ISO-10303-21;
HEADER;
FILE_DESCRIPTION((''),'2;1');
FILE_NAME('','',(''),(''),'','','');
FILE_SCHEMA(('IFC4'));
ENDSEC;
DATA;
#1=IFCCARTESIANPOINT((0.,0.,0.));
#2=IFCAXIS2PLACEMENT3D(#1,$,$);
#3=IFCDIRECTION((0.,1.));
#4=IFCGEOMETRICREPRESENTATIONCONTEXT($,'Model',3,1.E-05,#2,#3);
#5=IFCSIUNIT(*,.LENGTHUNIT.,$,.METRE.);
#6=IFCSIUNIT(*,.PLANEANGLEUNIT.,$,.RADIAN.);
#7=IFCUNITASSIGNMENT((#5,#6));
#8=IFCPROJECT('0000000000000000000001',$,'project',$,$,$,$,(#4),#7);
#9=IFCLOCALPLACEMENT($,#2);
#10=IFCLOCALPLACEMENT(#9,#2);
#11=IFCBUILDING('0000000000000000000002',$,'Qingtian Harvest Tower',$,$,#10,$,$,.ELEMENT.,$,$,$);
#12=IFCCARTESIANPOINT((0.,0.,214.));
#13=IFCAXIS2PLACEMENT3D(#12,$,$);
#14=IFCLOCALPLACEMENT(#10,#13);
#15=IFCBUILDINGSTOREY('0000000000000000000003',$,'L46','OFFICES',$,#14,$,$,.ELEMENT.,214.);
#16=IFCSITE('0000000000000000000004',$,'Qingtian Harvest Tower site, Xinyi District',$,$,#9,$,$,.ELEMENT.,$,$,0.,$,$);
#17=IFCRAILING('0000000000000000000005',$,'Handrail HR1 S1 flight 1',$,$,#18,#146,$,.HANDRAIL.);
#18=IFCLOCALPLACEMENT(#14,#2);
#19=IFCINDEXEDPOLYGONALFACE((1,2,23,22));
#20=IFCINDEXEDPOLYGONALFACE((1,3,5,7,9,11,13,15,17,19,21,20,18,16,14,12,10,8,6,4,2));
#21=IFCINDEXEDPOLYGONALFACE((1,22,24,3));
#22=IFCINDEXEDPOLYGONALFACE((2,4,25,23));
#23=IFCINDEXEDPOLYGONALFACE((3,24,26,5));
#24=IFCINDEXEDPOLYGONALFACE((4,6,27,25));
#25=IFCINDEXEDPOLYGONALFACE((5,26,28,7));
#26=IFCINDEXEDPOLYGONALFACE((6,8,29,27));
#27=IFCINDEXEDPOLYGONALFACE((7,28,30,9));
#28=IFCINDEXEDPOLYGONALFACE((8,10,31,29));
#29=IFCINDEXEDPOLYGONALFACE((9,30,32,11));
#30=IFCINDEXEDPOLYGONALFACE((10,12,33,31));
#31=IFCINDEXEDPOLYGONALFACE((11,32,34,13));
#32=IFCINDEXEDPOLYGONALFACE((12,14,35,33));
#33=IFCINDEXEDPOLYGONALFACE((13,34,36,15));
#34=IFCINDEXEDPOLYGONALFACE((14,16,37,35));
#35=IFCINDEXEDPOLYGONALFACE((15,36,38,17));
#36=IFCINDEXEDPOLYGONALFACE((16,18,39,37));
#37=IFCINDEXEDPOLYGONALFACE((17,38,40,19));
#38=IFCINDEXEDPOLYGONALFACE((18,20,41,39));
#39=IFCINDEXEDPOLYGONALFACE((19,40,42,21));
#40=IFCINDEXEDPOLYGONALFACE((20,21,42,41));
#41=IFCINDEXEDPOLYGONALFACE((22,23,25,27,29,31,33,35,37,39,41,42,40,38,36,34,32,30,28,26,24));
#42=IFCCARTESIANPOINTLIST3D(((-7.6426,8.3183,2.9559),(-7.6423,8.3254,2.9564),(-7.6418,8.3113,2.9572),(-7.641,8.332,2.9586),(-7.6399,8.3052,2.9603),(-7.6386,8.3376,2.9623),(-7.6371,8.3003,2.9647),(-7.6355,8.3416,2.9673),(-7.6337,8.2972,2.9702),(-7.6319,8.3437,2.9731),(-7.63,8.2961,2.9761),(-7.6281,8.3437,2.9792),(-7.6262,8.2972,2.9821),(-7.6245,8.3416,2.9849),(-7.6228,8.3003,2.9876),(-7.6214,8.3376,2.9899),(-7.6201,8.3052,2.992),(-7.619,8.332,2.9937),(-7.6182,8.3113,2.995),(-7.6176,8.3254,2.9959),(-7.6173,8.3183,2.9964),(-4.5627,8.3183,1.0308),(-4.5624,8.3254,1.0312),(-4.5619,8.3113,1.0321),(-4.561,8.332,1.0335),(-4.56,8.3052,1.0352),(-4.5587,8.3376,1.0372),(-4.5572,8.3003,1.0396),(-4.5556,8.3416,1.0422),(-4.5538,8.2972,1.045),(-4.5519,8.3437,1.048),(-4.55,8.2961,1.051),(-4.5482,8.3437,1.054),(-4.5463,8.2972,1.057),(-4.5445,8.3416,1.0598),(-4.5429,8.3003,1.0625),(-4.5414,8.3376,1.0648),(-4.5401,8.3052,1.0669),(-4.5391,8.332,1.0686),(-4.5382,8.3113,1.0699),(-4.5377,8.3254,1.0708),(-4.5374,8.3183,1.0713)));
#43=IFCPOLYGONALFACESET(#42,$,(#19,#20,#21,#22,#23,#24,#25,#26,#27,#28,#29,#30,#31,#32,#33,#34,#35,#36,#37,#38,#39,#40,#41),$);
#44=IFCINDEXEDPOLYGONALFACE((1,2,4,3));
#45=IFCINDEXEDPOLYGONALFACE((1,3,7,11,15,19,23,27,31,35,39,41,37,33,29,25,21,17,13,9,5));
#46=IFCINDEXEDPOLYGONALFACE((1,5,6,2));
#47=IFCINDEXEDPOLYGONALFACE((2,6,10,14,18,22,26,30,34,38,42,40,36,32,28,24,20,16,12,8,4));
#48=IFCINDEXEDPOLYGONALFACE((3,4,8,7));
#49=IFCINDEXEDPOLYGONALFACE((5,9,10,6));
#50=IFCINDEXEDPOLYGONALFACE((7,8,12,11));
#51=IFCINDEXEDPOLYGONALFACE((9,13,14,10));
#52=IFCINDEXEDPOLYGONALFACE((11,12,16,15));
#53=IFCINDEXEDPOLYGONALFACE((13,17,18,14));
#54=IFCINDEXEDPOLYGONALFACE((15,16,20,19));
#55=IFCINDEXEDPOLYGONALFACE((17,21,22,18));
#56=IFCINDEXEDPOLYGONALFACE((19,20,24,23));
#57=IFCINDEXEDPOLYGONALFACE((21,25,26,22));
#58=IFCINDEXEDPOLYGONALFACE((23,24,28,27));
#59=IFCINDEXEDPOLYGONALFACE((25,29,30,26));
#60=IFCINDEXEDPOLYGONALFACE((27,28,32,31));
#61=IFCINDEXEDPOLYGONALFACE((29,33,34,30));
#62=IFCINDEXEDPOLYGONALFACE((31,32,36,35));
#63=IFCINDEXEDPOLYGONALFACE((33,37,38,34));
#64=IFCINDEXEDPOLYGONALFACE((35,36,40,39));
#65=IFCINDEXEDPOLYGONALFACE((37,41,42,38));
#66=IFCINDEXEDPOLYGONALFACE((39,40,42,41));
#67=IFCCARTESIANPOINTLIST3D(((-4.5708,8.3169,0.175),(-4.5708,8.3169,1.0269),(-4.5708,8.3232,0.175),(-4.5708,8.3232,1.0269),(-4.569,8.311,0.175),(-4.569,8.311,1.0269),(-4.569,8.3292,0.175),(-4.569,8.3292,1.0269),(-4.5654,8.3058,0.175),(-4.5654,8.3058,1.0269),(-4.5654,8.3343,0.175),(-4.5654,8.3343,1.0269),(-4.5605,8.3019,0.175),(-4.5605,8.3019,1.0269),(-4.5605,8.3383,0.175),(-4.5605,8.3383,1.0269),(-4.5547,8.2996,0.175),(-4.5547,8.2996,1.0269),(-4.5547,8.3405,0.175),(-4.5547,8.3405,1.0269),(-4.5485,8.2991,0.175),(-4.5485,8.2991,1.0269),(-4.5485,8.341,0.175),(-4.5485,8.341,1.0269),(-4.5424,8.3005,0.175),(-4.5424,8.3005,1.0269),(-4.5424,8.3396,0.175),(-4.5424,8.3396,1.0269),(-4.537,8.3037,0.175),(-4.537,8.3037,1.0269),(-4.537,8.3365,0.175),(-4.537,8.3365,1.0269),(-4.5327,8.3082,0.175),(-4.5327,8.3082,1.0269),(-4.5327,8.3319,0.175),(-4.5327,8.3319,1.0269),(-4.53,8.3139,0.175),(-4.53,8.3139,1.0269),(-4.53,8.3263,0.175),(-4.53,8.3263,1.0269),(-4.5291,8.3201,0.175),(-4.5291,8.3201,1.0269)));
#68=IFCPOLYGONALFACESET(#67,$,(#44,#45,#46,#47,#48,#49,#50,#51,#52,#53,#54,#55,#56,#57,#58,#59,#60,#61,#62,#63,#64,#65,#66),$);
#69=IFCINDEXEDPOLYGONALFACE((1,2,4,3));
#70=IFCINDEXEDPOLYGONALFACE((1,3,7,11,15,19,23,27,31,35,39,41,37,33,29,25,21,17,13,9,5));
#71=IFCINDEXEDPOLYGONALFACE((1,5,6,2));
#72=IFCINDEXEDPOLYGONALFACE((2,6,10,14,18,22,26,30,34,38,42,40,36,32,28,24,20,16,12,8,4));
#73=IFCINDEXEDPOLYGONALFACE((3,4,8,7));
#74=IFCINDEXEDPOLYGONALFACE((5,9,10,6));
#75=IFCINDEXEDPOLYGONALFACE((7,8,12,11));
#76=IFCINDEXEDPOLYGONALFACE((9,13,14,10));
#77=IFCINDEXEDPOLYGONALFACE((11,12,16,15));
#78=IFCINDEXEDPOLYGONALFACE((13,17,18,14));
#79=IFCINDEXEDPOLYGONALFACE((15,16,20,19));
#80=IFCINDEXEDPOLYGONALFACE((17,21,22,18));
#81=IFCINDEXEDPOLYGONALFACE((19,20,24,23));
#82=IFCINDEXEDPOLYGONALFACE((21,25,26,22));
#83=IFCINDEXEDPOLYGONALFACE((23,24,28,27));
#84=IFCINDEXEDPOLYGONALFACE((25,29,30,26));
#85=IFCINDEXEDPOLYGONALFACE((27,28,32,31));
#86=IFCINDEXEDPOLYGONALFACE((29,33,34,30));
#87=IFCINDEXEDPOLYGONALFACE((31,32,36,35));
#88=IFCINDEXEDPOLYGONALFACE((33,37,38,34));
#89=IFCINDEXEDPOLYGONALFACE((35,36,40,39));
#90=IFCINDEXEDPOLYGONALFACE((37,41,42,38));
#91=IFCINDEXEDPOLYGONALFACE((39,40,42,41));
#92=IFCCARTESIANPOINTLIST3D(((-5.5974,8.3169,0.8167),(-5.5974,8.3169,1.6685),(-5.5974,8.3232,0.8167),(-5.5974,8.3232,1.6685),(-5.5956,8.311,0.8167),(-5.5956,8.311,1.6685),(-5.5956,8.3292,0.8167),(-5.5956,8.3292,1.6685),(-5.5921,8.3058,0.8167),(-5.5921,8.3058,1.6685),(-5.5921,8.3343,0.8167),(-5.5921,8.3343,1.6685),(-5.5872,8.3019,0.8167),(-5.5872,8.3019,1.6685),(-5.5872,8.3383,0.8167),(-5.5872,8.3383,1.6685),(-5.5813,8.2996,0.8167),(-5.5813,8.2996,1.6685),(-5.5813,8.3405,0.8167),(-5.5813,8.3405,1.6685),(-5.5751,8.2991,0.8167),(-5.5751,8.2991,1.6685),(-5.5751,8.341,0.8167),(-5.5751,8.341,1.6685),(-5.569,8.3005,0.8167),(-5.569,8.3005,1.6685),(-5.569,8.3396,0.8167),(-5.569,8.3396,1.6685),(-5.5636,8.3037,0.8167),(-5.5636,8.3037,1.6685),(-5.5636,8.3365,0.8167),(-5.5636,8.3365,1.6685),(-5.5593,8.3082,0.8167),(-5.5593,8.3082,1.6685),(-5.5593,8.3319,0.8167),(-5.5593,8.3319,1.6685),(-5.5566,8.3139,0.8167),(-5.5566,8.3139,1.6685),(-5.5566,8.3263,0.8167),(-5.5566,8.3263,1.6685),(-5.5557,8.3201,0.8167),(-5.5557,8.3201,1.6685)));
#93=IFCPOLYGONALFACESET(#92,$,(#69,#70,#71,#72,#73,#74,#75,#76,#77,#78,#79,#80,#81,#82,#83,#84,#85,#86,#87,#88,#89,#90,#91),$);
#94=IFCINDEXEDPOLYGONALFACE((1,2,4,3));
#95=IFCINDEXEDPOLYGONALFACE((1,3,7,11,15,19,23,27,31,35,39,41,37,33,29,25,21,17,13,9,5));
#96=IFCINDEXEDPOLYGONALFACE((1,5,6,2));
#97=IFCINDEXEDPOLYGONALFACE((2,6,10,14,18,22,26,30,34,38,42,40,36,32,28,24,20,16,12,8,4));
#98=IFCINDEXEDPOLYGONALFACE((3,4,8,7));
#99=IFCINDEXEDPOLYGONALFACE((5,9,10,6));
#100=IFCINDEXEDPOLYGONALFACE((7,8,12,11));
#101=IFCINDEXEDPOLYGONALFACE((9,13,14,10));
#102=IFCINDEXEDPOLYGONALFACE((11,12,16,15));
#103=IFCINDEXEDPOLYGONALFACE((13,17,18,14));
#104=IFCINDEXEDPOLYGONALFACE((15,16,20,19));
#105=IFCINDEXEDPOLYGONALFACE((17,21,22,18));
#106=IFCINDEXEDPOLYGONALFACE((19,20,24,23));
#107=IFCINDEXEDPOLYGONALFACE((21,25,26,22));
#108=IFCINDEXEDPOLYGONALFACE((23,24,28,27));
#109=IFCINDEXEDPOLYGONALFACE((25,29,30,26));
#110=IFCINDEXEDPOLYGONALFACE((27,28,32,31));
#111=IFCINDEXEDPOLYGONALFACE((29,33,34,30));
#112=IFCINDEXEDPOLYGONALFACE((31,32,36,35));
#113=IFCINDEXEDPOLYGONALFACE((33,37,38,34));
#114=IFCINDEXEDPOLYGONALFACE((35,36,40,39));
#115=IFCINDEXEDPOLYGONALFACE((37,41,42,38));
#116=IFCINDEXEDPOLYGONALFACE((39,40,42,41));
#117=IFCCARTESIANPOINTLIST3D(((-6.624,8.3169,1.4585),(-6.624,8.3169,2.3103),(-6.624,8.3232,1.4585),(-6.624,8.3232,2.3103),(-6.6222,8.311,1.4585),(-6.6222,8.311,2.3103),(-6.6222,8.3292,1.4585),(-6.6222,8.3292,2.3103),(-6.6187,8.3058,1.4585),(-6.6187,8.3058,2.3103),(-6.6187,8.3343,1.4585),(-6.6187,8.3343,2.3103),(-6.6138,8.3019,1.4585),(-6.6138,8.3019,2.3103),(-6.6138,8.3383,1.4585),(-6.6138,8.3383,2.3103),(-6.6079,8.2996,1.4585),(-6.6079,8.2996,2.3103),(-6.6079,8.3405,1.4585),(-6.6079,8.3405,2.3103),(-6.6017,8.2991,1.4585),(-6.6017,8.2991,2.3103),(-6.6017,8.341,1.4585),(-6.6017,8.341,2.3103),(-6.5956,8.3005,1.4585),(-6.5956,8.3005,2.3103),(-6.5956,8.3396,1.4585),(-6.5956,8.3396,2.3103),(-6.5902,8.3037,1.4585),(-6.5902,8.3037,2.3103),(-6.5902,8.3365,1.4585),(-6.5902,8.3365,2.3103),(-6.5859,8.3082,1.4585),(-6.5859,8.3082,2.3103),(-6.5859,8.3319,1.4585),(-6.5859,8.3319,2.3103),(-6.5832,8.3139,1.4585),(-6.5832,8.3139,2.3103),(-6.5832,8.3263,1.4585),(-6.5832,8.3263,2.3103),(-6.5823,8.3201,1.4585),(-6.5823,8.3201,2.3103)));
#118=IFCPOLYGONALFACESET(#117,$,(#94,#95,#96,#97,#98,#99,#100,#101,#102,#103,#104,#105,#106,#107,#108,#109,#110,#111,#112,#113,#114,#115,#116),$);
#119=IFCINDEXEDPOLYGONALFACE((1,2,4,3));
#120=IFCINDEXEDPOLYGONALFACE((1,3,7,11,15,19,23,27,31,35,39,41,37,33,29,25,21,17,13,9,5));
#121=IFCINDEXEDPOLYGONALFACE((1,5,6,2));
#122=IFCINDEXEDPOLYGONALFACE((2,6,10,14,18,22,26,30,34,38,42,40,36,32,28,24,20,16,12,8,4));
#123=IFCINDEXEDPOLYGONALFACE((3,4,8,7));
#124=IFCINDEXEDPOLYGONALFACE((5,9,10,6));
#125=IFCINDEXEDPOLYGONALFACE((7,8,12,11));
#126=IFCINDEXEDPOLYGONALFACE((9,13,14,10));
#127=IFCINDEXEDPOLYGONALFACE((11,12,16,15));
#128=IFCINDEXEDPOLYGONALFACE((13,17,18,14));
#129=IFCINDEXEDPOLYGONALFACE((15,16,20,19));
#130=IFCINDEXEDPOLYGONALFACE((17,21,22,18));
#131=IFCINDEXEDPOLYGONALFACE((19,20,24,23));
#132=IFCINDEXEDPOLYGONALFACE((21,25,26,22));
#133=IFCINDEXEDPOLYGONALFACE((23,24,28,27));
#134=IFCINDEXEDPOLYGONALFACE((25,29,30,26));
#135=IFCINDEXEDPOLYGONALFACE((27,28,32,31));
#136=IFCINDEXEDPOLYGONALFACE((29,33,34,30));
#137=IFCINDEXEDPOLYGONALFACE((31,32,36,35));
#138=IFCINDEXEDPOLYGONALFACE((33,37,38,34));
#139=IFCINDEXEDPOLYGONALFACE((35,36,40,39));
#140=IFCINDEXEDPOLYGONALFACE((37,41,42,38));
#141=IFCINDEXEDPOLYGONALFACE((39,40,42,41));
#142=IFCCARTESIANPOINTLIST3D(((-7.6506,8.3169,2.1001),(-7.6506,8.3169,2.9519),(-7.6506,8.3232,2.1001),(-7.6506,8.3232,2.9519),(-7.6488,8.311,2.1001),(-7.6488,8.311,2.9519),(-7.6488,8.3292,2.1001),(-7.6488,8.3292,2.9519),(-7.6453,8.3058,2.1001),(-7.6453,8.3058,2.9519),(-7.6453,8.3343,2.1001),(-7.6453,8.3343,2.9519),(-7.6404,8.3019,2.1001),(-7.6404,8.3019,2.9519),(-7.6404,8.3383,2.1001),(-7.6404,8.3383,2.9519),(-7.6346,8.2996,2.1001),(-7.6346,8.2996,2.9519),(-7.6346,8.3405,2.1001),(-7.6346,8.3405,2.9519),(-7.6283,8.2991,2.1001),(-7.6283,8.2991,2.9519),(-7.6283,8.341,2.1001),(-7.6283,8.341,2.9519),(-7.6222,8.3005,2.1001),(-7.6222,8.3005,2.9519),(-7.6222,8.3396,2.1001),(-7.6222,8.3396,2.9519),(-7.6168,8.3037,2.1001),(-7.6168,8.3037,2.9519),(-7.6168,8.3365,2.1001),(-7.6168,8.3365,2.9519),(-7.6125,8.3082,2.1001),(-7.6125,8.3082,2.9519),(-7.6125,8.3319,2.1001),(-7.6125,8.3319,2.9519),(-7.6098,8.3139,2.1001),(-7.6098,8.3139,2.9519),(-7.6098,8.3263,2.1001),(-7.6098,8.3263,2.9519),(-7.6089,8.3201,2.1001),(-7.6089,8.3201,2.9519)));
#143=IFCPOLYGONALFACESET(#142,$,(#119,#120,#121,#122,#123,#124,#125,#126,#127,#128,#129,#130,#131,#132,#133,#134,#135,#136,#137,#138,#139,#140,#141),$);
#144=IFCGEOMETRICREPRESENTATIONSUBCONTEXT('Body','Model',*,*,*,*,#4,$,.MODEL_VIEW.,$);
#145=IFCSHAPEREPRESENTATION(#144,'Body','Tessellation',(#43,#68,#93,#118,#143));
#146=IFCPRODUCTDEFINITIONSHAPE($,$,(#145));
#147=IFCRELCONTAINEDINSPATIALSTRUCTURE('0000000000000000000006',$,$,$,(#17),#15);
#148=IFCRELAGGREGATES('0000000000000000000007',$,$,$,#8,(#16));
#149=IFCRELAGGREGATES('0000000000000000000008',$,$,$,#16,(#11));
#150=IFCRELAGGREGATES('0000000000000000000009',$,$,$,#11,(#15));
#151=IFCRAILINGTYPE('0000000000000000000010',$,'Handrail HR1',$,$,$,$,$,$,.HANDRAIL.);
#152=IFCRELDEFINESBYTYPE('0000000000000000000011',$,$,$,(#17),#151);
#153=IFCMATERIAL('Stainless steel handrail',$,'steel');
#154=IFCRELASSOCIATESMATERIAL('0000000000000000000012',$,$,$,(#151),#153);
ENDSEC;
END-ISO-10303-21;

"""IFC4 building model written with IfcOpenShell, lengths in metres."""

from ifc_helpers import new_model, si_unit, direction, frame, origin, origin_2d, place, context, subcontext, project, spatial, circle, extrude, material, type_object, element, save


model = new_model("IFC4")

# Units and contexts
model_context = context("Model", 3, precision=1e-05, world=origin(), true_north=direction((0.0, 1.0)))
body_context = subcontext(model_context, "Body", "Model", "MODEL_VIEW")
ifc_project = project(units=[si_unit("LENGTHUNIT", "METRE"), si_unit("PLANEANGLEUNIT", "RADIAN")], contexts=[model_context])

# Site, building, storey
site_placement = place(None, origin())
site = spatial("IfcSite", under=ifc_project, at=site_placement, Name="Qingtian Harvest Tower site, Xinyi District", CompositionType="ELEMENT", RefElevation=0.0)
building_placement = place(site_placement, origin())
building = spatial("IfcBuilding", under=site, at=building_placement, Name="Qingtian Harvest Tower", CompositionType="ELEMENT")
storey_placement = place(building_placement, frame((0.0, 0.0, 214.0)))
storey = spatial("IfcBuildingStorey", under=building, at=storey_placement, Name="L46", Description="OFFICES", CompositionType="ELEMENT", Elevation=214.0)

# Railing
ifc_material_1 = material(Name="Stainless steel handrail", Category="steel")
railing_type = type_object("IfcRailingType", Name="Handrail HR1", PredefinedType="HANDRAIL", material=ifc_material_1)
railing_1_placement = place(storey_placement, frame((-4.55, 8.3201, 0.175)))
element("IfcRailing", 1, at=railing_1_placement, inside=storey, type_object=railing_type, Name="Handrail HR1 S1 flight 1", PredefinedType="HANDRAIL", context=body_context, shape_type="SweptSolid", body=[
    extrude(circle(Radius=0.0239, at=origin_2d()), frame((0.0, 0.0, 0.876), z_axis=(-0.847979, 0.0, 0.530029), x_axis=(0.0, -1.0, 0.0)), (0.0, 0.0, 1.0), 3.6321),
    extrude(circle(Radius=0.021, at=origin_2d()), origin(), (0.0, 0.0, 1.0), 0.8518),
    extrude(circle(Radius=0.021, at=origin_2d()), frame((-1.0266, 0.0, 0.6416)), (0.0, 0.0, 1.0), 0.8518),
    extrude(circle(Radius=0.021, at=origin_2d()), frame((-2.0532, 0.0, 1.2834)), (0.0, 0.0, 1.0), 0.8518),
    extrude(circle(Radius=0.021, at=origin_2d()), frame((-3.0798, 0.0, 1.925)), (0.0, 0.0, 1.0), 0.8518),
])

save(model, "model.ifc")
